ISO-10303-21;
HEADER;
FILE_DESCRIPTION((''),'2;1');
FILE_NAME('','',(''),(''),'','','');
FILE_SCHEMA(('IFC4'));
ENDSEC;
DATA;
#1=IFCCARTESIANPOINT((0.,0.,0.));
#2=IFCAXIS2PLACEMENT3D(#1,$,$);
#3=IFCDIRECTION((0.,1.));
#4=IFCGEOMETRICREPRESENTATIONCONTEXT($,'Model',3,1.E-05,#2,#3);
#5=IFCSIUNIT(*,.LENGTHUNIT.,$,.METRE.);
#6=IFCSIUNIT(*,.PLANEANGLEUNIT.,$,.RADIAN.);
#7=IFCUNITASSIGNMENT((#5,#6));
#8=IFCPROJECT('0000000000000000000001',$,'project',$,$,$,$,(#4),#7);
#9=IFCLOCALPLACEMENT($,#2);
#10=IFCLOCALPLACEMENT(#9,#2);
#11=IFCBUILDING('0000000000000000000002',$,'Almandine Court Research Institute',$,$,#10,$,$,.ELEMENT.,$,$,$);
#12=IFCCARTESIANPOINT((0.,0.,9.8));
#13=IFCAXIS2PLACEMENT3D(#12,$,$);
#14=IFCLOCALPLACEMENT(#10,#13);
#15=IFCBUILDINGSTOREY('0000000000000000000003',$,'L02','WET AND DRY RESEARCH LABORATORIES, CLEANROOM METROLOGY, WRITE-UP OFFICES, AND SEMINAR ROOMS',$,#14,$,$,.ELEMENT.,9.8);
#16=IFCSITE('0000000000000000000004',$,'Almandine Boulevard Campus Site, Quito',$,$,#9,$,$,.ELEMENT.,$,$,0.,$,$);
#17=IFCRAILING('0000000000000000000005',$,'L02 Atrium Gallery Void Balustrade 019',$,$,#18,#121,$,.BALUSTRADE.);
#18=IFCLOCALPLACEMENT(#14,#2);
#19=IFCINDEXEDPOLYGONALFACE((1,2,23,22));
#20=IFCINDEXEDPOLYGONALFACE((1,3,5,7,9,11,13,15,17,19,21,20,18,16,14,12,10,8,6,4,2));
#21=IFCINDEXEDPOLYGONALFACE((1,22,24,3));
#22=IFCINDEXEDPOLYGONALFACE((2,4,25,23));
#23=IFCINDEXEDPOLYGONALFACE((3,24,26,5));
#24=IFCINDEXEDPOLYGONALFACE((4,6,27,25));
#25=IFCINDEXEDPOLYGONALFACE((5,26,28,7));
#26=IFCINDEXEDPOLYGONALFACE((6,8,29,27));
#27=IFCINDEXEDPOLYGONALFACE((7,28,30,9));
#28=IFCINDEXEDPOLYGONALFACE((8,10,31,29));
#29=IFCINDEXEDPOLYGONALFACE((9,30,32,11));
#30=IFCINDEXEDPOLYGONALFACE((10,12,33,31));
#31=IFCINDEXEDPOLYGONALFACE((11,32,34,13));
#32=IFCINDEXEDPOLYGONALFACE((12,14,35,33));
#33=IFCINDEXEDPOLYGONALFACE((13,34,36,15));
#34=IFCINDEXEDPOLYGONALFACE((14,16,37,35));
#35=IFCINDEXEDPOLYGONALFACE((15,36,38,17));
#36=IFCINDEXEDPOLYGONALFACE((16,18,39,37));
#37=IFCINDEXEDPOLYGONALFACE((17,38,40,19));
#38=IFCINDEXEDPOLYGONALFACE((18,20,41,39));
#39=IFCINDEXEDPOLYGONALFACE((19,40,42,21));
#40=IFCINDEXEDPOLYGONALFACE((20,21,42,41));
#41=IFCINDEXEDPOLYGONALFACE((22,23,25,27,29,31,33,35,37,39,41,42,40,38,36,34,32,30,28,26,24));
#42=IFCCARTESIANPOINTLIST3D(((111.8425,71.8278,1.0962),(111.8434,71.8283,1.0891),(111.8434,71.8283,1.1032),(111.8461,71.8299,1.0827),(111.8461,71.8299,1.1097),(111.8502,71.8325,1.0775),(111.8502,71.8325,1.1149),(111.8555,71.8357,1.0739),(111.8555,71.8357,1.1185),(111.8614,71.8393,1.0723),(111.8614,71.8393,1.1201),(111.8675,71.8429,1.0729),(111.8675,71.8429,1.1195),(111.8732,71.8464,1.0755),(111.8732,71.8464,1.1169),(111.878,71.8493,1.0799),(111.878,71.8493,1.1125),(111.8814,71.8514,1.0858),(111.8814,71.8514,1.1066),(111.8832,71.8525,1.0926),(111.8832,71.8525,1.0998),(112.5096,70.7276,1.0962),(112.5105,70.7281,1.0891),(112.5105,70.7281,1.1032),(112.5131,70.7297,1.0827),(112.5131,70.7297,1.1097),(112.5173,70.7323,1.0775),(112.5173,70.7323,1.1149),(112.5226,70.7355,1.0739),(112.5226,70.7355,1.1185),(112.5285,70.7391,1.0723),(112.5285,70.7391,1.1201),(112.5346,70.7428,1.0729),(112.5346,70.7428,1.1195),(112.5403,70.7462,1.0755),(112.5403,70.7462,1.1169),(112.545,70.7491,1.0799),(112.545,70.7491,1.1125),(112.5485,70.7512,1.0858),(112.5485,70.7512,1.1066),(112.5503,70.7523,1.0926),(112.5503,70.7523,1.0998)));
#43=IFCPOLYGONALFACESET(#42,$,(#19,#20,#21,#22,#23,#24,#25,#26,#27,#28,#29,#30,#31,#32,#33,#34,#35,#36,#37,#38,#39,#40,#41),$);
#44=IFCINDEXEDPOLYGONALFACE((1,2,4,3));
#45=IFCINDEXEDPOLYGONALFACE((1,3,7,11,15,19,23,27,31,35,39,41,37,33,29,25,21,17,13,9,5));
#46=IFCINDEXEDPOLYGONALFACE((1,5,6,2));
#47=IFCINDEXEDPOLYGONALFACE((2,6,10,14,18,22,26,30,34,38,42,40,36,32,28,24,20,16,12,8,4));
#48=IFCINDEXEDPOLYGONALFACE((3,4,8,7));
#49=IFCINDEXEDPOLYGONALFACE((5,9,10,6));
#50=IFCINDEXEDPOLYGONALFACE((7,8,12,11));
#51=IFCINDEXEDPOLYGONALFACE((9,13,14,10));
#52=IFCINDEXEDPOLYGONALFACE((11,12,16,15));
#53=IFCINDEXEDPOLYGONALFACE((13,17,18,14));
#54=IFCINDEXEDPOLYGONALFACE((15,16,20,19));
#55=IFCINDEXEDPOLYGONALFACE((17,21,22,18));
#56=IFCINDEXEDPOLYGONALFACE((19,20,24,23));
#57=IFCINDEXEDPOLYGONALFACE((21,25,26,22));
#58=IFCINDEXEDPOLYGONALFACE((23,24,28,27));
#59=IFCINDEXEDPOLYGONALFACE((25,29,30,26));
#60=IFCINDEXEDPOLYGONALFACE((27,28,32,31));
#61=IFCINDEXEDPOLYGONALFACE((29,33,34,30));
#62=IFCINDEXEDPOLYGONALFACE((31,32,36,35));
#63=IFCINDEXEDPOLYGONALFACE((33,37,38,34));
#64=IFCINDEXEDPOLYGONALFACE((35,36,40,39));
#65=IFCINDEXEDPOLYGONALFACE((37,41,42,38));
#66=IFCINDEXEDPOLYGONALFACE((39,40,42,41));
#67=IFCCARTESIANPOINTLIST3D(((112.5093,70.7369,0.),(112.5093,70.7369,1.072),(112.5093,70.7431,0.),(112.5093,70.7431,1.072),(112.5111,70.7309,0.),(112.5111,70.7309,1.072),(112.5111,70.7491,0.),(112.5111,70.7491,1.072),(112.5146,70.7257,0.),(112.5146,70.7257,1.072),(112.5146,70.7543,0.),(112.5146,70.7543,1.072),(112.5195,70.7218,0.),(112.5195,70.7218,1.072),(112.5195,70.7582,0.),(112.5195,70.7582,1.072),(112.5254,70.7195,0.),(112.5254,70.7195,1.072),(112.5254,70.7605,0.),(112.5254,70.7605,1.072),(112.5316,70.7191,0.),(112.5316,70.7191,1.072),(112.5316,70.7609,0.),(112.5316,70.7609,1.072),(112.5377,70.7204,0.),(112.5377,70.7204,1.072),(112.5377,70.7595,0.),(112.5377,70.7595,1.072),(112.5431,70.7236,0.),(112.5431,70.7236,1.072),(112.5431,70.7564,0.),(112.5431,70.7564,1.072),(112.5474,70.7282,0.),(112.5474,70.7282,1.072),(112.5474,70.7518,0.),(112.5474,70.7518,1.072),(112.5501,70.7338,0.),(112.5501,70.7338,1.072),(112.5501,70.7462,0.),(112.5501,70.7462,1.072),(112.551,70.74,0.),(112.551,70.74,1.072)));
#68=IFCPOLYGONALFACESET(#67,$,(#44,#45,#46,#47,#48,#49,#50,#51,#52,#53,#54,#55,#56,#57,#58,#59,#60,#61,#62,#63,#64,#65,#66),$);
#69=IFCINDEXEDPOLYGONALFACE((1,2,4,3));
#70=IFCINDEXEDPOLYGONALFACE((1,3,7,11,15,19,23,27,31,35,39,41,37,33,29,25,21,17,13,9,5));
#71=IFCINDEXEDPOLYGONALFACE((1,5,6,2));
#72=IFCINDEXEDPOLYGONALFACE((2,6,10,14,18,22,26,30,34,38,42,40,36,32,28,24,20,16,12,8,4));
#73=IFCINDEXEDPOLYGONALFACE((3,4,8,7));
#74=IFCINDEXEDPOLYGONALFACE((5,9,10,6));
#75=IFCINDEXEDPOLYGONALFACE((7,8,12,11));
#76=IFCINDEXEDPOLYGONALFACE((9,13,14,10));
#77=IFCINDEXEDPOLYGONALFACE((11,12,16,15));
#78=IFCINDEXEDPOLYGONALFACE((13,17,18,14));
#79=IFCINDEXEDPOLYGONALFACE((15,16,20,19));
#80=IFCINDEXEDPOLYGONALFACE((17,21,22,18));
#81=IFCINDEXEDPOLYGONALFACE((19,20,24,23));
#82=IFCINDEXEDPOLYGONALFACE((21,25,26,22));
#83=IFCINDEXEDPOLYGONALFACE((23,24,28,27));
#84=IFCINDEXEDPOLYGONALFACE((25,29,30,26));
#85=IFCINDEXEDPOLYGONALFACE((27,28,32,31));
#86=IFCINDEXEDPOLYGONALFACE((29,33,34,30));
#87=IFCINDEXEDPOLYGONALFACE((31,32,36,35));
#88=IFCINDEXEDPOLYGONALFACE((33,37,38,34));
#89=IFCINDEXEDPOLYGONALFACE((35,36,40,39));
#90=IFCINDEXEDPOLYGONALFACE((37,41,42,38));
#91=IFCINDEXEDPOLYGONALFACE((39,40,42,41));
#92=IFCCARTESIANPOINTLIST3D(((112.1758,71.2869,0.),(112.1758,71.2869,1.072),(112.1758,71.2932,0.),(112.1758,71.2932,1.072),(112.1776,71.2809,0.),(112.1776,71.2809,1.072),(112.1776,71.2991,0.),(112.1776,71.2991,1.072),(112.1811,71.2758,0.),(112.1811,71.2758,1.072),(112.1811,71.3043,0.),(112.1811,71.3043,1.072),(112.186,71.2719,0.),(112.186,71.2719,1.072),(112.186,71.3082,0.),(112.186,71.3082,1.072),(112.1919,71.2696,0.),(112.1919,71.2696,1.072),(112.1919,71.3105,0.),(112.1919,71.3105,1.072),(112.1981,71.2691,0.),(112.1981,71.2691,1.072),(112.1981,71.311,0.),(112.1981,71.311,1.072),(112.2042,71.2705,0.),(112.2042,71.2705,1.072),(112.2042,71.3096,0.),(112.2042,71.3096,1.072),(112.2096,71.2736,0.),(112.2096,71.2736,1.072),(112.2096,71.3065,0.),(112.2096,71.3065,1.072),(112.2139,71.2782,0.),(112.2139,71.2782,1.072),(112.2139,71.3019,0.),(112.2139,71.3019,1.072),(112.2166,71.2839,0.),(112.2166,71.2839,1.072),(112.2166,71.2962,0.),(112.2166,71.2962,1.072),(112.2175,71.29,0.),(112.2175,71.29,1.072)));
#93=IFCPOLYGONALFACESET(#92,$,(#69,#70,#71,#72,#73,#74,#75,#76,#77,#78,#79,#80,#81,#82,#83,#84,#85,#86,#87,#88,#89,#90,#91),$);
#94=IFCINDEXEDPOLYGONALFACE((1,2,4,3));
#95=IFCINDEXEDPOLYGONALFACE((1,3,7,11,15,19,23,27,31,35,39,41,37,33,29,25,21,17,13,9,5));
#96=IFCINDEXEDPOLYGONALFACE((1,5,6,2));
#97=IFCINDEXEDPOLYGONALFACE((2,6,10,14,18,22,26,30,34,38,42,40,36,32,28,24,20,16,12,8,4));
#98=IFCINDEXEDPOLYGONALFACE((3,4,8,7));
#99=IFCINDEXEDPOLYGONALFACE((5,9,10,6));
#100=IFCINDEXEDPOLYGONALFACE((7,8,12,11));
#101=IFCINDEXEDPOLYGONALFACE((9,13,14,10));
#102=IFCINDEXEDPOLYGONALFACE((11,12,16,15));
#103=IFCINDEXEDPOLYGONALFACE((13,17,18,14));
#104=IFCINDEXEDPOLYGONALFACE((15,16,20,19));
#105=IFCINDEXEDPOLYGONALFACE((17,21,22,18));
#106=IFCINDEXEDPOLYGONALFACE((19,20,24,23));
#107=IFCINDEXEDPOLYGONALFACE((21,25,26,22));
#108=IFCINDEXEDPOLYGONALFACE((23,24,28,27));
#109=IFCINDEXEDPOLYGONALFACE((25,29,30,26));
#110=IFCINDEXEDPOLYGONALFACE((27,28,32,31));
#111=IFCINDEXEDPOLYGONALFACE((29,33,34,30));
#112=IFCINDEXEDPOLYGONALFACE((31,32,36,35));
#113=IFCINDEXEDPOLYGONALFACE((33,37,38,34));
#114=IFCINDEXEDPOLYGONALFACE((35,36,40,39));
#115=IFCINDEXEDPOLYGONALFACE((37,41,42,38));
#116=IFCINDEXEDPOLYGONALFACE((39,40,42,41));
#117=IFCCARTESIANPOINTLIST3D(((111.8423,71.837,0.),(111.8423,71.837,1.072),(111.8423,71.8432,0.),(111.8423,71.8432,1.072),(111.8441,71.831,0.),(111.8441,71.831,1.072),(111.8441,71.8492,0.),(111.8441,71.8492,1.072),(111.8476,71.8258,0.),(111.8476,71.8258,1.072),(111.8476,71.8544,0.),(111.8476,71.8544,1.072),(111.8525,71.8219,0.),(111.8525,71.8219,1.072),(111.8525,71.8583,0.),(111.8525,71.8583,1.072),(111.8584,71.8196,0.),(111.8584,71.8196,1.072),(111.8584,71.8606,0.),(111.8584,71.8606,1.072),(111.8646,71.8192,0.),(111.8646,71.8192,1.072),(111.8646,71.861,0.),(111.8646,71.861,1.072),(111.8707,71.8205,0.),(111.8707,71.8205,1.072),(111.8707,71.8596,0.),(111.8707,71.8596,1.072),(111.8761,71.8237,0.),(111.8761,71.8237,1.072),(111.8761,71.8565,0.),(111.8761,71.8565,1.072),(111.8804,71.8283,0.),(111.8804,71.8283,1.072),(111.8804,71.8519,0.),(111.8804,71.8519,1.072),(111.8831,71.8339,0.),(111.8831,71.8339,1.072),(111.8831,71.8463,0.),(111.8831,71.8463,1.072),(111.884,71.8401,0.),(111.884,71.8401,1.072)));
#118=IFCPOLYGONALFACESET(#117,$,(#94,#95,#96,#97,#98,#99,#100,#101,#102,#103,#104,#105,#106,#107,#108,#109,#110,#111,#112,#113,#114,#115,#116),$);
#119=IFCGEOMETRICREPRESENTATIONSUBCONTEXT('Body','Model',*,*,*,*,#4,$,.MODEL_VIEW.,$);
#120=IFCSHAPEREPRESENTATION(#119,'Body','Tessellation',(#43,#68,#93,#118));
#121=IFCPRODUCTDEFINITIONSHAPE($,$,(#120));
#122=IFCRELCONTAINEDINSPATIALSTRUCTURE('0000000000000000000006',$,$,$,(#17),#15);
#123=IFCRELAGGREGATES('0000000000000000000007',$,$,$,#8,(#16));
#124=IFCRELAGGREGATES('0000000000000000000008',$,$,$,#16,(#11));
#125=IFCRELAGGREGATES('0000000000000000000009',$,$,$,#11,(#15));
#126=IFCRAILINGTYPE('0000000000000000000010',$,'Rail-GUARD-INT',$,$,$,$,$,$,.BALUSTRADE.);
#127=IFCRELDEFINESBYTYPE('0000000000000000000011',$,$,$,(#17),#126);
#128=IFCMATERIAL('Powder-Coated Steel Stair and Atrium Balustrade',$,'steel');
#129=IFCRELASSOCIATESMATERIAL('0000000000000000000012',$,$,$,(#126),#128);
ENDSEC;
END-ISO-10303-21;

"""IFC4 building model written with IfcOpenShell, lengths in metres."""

from ifc_helpers import new_model, si_unit, direction, frame, origin, origin_2d, place, context, subcontext, project, spatial, circle, extrude, material, type_object, element, save


model = new_model("IFC4")

# Units and contexts
model_context = context("Model", 3, precision=1e-05, world=origin(), true_north=direction((0.0, 1.0)))
body_context = subcontext(model_context, "Body", "Model", "MODEL_VIEW")
ifc_project = project(units=[si_unit("LENGTHUNIT", "METRE"), si_unit("PLANEANGLEUNIT", "RADIAN")], contexts=[model_context])

# Site, building, storey
site_placement = place(None, origin())
site = spatial("IfcSite", under=ifc_project, at=site_placement, Name="Almandine Boulevard Campus Site, Quito", CompositionType="ELEMENT", RefElevation=0.0)
building_placement = place(site_placement, origin())
building = spatial("IfcBuilding", under=site, at=building_placement, Name="Almandine Court Research Institute", CompositionType="ELEMENT")
storey_placement = place(building_placement, frame((0.0, 0.0, 9.8)))
storey = spatial("IfcBuildingStorey", under=building, at=storey_placement, Name="L02", Description="WET AND DRY RESEARCH LABORATORIES, CLEANROOM METROLOGY, WRITE-UP OFFICES, AND SEMINAR ROOMS", CompositionType="ELEMENT", Elevation=9.8)

# Railing
ifc_material_1 = material(Name="Powder-Coated Steel Stair and Atrium Balustrade", Category="steel")
railing_type = type_object("IfcRailingType", Name="Rail-GUARD-INT", PredefinedType="BALUSTRADE", material=ifc_material_1)
railing_1_placement = place(storey_placement, frame((112.53, 70.74, 0.0)))
element("IfcRailing", 1, at=railing_1_placement, inside=storey, type_object=railing_type, Name="L02 Atrium Gallery Void Balustrade 019", PredefinedType="BALUSTRADE", context=body_context, shape_type="SweptSolid", body=[
    extrude(circle(Radius=0.0239, at=origin_2d()), frame((0.0, 0.0, 1.0962), z_axis=(-0.518453, 0.855106, 0.0), x_axis=(-0.855106, -0.518453, 0.0)), (0.0, 0.0, 1.0), 1.2866),
    extrude(circle(Radius=0.021, at=origin_2d()), origin(), (0.0, 0.0, 1.0), 1.072),
    extrude(circle(Radius=0.021, at=origin_2d()), frame((-0.3335, 0.55, 0.0)), (0.0, 0.0, 1.0), 1.072),
    extrude(circle(Radius=0.021, at=origin_2d()), frame((-0.667, 1.1001, 0.0)), (0.0, 0.0, 1.0), 1.072),
])

save(model, "model.ifc")
